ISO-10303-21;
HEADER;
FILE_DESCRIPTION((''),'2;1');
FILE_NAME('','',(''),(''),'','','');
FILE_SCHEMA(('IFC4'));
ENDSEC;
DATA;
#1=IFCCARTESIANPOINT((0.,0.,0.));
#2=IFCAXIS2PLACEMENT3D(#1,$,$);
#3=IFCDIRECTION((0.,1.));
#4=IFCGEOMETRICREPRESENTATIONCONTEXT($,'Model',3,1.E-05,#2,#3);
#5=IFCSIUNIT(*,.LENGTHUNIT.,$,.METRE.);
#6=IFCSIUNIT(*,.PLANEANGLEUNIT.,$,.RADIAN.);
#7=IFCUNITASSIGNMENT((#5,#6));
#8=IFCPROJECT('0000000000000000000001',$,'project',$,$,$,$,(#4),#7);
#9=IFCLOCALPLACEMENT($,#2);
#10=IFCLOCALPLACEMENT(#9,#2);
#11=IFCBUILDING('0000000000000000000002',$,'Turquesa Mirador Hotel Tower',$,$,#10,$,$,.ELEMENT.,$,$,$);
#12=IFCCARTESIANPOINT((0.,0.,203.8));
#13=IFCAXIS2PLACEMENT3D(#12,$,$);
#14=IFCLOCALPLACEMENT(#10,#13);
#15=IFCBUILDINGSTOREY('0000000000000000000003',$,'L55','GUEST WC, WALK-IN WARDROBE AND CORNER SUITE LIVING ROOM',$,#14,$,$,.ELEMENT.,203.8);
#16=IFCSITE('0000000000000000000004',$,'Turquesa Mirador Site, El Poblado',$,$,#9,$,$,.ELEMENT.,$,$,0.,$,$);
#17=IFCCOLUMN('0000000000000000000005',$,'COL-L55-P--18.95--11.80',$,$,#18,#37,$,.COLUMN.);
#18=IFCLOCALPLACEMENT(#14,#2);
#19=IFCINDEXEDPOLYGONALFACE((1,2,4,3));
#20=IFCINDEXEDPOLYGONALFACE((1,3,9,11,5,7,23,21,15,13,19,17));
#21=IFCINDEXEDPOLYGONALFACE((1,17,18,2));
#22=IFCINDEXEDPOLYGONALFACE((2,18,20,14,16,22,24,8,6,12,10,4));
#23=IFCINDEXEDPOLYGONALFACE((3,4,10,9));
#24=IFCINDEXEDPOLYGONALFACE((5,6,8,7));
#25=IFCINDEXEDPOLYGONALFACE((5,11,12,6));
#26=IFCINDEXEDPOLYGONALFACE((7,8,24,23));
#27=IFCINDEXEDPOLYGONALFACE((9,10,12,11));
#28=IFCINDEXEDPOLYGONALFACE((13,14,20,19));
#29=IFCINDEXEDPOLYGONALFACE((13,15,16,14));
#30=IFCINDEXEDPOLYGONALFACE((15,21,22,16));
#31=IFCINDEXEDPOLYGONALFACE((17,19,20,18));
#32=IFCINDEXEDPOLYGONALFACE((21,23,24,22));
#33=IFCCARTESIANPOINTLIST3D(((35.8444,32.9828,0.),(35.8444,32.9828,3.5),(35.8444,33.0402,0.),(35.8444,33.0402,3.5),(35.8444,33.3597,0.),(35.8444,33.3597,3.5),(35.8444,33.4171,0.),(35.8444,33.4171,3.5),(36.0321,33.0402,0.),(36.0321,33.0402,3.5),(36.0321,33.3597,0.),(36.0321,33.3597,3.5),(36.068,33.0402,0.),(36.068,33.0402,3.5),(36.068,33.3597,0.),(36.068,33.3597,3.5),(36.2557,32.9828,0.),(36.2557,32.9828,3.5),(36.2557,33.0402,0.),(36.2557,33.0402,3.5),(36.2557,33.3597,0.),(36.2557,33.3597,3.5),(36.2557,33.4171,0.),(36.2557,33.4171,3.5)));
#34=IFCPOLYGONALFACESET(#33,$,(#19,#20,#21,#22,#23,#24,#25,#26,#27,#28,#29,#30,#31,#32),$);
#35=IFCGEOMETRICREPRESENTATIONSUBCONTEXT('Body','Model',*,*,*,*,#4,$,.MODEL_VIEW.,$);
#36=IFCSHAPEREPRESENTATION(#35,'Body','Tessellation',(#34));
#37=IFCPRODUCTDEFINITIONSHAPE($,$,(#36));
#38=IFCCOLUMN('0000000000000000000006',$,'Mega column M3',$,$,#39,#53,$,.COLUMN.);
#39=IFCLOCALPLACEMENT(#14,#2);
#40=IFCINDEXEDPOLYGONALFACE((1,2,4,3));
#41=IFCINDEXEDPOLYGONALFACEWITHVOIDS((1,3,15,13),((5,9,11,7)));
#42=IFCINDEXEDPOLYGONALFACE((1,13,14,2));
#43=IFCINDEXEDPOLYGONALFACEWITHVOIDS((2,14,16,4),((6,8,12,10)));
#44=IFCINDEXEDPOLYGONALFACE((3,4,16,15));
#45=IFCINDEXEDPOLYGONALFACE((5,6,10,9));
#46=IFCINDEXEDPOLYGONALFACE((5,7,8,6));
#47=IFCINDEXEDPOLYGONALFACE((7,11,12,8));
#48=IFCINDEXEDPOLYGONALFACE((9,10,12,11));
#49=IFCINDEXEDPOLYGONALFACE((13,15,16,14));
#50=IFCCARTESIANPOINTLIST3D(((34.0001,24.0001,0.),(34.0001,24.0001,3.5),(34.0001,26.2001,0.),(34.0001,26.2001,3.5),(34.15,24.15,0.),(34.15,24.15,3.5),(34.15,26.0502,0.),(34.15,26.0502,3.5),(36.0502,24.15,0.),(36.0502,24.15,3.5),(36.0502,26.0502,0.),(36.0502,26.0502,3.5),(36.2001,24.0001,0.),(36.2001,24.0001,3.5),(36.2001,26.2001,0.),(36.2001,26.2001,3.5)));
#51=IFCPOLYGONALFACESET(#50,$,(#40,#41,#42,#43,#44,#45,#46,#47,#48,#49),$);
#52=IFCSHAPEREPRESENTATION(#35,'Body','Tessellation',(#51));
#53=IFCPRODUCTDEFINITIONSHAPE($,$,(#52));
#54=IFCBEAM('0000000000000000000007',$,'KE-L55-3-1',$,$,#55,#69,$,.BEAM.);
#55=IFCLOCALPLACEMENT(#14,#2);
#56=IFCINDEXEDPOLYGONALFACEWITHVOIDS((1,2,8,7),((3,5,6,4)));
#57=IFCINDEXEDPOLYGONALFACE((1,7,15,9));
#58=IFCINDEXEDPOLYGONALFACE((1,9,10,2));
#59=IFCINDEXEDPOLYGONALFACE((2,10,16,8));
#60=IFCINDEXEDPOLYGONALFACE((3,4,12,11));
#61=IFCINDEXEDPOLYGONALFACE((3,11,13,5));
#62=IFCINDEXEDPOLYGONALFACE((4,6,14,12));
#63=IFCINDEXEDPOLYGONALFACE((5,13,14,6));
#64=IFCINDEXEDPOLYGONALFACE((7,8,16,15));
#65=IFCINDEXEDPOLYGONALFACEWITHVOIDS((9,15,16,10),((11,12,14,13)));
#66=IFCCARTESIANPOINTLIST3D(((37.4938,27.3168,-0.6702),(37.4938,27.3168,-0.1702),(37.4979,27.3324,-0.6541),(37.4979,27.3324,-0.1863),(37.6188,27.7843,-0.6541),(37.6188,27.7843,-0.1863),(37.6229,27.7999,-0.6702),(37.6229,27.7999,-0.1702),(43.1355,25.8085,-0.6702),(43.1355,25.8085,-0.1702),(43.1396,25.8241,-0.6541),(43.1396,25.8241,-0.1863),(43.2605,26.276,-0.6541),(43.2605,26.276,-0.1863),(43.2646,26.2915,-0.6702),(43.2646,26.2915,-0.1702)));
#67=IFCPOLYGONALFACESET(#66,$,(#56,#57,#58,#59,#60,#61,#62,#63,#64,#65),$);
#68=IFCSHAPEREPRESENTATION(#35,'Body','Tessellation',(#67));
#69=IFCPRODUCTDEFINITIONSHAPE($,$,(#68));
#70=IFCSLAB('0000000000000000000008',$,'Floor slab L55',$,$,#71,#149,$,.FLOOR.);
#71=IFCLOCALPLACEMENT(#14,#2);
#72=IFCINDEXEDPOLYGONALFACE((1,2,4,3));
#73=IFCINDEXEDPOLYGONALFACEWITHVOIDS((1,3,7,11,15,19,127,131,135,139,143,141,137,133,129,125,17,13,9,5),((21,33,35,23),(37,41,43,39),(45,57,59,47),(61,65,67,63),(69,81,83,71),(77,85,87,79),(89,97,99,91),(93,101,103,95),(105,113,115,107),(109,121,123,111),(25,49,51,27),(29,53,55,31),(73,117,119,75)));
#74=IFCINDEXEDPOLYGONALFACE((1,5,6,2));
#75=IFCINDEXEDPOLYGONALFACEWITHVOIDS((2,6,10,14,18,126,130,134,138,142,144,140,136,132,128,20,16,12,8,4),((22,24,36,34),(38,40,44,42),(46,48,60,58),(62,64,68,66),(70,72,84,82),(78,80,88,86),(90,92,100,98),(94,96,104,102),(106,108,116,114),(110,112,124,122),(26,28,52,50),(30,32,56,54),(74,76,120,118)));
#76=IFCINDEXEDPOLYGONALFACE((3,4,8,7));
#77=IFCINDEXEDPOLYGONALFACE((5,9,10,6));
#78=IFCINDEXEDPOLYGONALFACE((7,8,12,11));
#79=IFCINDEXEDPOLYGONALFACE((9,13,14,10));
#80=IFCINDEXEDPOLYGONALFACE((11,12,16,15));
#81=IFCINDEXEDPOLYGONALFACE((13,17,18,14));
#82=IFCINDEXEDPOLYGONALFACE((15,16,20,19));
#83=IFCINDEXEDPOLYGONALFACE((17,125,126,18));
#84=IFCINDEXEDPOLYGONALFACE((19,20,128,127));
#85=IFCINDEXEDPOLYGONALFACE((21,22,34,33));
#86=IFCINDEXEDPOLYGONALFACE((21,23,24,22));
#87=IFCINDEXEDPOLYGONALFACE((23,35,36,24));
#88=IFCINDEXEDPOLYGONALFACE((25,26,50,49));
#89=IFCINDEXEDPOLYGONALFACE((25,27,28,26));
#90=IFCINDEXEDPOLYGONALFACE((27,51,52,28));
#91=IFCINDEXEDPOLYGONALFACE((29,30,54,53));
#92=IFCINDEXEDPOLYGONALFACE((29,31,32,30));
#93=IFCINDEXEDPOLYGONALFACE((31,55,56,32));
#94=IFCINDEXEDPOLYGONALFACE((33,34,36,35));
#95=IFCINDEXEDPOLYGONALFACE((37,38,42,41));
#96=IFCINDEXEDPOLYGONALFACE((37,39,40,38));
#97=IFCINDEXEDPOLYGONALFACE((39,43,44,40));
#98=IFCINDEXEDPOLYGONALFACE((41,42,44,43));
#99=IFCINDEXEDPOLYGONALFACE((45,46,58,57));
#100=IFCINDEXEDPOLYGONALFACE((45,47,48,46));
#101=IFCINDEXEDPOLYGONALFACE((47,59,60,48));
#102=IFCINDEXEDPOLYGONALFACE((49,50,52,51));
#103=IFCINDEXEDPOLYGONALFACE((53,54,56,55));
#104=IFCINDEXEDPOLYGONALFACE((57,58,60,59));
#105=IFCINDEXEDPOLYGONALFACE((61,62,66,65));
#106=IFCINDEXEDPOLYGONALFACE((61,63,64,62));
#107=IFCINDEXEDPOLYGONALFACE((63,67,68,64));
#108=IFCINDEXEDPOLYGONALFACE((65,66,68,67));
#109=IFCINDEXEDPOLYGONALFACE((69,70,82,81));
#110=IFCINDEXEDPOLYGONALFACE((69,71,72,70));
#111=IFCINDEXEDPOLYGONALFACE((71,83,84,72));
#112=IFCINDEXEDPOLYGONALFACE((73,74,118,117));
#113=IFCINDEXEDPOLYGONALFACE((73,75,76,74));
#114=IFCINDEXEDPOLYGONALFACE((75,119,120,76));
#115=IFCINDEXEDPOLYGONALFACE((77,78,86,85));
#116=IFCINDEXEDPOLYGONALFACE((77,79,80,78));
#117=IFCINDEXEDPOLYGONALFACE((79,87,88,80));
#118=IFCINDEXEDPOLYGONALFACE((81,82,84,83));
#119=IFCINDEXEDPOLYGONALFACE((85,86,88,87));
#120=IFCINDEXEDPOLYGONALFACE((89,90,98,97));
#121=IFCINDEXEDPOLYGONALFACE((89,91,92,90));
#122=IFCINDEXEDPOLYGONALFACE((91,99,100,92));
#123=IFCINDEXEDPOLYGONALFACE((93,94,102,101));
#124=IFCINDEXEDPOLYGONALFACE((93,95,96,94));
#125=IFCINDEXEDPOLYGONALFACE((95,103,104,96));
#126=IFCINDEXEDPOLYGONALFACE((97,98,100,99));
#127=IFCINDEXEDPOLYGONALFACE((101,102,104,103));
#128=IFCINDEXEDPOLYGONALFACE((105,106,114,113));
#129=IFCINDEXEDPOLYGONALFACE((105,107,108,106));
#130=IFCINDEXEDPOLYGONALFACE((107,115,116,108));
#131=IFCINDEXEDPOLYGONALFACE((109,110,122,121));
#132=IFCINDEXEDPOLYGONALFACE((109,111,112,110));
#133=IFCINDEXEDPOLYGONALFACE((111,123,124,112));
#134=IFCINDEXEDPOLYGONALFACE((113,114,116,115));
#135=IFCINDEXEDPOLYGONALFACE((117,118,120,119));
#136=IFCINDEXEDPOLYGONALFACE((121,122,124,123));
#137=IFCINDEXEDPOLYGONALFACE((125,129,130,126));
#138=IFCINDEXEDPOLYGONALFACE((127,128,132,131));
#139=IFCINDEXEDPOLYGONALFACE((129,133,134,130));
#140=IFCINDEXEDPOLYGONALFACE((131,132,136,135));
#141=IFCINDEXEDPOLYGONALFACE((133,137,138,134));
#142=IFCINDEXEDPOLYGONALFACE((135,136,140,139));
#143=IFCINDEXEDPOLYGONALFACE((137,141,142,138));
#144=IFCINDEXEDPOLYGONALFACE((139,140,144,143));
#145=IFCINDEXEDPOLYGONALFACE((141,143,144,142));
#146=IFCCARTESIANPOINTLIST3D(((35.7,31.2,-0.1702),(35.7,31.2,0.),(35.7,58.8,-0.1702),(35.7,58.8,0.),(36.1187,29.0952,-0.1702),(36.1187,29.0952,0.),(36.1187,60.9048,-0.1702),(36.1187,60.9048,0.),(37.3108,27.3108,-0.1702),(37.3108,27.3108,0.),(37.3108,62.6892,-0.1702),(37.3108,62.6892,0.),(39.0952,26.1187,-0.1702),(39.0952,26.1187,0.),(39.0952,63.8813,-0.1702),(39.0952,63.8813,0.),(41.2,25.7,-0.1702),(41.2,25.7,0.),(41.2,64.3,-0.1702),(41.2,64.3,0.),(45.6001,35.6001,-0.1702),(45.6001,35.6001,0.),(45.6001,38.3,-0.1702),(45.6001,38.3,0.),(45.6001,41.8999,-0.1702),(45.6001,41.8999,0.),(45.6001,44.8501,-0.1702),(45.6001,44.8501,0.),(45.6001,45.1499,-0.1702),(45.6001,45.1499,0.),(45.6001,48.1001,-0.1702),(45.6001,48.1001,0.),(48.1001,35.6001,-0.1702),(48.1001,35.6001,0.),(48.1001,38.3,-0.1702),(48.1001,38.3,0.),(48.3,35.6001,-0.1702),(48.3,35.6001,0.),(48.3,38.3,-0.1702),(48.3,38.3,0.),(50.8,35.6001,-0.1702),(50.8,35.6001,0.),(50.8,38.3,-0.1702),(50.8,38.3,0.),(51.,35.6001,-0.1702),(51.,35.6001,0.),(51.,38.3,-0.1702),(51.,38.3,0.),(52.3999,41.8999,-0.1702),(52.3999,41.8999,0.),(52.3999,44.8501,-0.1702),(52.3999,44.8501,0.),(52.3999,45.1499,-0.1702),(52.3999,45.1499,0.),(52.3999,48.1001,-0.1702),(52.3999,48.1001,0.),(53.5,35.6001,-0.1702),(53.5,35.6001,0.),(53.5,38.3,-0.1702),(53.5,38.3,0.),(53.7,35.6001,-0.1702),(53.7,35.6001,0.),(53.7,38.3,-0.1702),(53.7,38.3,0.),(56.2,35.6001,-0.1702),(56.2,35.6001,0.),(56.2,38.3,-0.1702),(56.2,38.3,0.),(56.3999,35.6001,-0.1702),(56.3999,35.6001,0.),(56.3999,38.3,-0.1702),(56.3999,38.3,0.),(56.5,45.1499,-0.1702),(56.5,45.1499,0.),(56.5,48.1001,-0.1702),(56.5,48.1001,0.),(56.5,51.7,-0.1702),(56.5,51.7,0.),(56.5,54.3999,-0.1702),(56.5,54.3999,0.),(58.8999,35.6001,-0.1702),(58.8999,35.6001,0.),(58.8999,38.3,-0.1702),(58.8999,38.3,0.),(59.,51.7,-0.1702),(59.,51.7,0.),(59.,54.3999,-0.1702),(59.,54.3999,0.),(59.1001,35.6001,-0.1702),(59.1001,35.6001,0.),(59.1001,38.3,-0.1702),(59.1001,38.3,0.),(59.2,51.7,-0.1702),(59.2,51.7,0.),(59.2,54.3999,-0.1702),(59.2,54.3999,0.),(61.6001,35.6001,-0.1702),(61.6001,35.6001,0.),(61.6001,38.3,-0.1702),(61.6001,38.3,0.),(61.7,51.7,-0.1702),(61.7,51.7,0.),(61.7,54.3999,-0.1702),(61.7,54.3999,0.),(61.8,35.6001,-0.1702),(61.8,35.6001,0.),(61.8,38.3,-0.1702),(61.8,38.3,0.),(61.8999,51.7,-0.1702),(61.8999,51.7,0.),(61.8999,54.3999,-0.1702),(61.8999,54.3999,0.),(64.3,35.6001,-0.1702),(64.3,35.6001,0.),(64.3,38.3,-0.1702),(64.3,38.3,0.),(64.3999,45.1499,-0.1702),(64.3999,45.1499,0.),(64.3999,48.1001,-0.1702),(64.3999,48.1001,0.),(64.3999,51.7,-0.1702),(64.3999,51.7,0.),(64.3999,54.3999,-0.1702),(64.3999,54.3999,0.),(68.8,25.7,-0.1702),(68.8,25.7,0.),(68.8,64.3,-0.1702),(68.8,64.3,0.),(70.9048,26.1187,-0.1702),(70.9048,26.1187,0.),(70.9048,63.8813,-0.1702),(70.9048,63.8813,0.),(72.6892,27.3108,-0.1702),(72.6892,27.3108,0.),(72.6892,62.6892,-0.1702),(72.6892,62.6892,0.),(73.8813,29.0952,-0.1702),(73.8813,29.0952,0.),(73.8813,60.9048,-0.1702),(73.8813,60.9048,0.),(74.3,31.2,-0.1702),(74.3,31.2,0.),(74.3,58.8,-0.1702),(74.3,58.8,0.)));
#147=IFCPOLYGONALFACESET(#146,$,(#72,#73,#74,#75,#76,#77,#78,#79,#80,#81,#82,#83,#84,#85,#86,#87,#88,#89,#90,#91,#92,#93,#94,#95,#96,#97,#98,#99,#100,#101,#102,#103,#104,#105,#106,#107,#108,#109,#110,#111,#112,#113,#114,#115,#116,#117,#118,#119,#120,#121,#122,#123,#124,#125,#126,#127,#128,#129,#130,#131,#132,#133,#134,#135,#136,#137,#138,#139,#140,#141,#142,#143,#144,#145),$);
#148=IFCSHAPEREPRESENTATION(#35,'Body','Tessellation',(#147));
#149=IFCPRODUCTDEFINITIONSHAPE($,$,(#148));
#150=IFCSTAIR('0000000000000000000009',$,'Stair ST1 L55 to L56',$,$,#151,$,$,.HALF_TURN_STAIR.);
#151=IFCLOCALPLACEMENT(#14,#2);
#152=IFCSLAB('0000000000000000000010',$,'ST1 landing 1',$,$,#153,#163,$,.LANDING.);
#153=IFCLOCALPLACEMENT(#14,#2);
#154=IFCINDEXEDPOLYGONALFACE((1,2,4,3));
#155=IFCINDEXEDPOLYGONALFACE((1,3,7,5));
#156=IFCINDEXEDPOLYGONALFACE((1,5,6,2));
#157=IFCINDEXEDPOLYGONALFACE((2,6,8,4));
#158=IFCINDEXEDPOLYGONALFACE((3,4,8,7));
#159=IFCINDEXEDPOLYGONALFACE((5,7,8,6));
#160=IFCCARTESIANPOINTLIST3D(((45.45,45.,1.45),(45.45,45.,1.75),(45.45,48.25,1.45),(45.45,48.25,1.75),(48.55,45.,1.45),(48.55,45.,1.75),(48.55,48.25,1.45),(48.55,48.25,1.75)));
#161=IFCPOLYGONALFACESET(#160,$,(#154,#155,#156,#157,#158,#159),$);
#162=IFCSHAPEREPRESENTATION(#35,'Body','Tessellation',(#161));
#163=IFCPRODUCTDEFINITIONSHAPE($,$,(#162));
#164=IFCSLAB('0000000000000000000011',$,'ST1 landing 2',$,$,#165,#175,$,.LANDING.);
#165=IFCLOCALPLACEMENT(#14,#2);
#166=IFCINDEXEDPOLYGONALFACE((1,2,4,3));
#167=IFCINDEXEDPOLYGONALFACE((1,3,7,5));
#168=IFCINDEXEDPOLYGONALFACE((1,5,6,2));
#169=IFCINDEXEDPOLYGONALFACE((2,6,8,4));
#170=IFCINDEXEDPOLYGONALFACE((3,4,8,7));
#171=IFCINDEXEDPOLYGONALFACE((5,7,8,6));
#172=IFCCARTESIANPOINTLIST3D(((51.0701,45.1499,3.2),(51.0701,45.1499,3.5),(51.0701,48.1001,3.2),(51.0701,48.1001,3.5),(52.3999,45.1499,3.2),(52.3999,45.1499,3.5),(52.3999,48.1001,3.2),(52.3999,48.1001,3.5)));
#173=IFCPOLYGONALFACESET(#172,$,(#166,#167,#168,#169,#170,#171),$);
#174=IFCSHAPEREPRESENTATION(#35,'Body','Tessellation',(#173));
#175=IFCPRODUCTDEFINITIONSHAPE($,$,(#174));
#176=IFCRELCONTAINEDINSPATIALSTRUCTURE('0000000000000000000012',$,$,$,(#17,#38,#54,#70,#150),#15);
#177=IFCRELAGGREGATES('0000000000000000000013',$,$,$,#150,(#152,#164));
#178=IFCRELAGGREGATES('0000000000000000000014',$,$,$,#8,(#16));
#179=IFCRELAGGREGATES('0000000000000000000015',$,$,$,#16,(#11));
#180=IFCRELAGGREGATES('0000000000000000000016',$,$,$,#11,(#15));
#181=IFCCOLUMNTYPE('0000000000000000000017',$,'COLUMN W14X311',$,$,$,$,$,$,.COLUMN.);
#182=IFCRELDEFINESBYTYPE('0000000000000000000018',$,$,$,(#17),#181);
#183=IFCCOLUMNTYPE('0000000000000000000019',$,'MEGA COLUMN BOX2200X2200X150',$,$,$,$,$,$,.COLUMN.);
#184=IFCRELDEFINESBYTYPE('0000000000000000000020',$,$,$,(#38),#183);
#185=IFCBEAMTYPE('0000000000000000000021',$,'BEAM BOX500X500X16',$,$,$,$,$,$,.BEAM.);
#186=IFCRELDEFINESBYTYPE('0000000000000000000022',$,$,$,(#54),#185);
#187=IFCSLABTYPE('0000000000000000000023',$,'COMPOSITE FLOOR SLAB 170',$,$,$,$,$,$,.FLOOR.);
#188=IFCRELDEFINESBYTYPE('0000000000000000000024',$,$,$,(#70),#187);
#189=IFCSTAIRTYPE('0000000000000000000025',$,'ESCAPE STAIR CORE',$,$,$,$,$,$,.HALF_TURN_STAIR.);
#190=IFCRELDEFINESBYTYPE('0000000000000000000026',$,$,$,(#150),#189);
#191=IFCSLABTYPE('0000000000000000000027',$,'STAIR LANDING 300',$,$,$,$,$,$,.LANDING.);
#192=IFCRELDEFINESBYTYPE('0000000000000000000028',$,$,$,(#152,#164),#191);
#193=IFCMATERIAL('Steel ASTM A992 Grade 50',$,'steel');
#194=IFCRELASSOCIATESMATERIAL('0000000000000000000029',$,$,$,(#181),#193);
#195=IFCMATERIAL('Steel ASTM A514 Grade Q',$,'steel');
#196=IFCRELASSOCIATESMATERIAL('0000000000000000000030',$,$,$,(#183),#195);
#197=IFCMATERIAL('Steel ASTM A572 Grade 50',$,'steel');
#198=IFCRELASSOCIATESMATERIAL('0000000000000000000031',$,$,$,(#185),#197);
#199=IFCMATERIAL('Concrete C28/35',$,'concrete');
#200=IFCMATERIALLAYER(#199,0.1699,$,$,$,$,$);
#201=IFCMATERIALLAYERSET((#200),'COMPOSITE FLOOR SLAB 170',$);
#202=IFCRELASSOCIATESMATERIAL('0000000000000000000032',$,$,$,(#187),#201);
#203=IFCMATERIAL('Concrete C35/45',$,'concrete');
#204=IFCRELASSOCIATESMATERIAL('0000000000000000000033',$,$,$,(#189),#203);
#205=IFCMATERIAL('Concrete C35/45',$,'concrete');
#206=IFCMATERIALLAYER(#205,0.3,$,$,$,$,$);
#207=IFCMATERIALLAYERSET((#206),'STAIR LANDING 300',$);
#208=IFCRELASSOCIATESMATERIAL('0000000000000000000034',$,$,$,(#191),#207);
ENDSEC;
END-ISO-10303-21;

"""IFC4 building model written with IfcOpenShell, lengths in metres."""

from ifc_helpers import new_model, si_unit, direction, frame, origin, origin_2d, place, context, subcontext, project, spatial, polyline, hollow_rectangle, i_section, outline, extrude, material, layer, layer_set, material_profile, profile_set, type_object, element, aggregate, save


model = new_model("IFC4")

# Units and contexts
model_context = context("Model", 3, precision=1e-05, world=origin(), true_north=direction((0.0, 1.0)))
body_context = subcontext(model_context, "Body", "Model", "MODEL_VIEW")
ifc_project = project(units=[si_unit("LENGTHUNIT", "METRE"), si_unit("PLANEANGLEUNIT", "RADIAN")], contexts=[model_context])

# Site, building, storey
site_placement = place(None, origin())
site = spatial("IfcSite", under=ifc_project, at=site_placement, Name="Turquesa Mirador Site, El Poblado", CompositionType="ELEMENT", RefElevation=0.0)
building_placement = place(site_placement, origin())
building = spatial("IfcBuilding", under=site, at=building_placement, Name="Turquesa Mirador Hotel Tower", CompositionType="ELEMENT")
storey_placement = place(building_placement, frame((0.0, 0.0, 203.8)))
storey = spatial("IfcBuildingStorey", under=building, at=storey_placement, Name="L55", Description="GUEST WC, WALK-IN WARDROBE AND CORNER SUITE LIVING ROOM", CompositionType="ELEMENT", Elevation=203.8)

# Columns
ifc_material_1 = material(Name="Steel ASTM A992 Grade 50", Category="steel")
ifc_material_profile_1 = material_profile(ifc_material_1, i_section(OverallWidth=0.4114, OverallDepth=0.4343, WebThickness=0.0359, FlangeThickness=0.0574, at=origin_2d()), Name="W14X311")
ifc_profile_set_1 = profile_set([ifc_material_profile_1], Name="Steel ASTM A992 Grade 50")
column_type_1 = type_object("IfcColumnType", Name="COLUMN W14X311", PredefinedType="COLUMN", material=ifc_profile_set_1)
column_1_placement = place(storey_placement, frame((36.05, 33.2, 0.0), z_axis=(0.0, 0.0, 1.0), x_axis=(1.0, 0.0, 0.0)))
element("IfcColumn", 1, at=column_1_placement, inside=storey, type_object=column_type_1, Name="COL-L55-P--18.95--11.80", PredefinedType="COLUMN", context=body_context, shape_type="SweptSolid", body=[
    extrude(i_section(OverallWidth=0.4114, OverallDepth=0.4343, WebThickness=0.0359, FlangeThickness=0.0574, at=origin_2d()), origin(), (0.0, 0.0, 1.0), 3.5),
])
ifc_material_2 = material(Name="Steel ASTM A514 Grade Q", Category="steel")
ifc_material_profile_2 = material_profile(ifc_material_2, hollow_rectangle(XDim=2.2, YDim=2.2, WallThickness=0.1499, at=origin_2d()), Name="BOX2200X2200X150")
ifc_profile_set_2 = profile_set([ifc_material_profile_2], Name="Steel ASTM A514 Grade Q")
column_type_2 = type_object("IfcColumnType", Name="MEGA COLUMN BOX2200X2200X150", PredefinedType="COLUMN", material=ifc_profile_set_2)
column_2_placement = place(storey_placement, frame((35.1001, 25.1001, 0.0), z_axis=(0.0, 0.0, 1.0), x_axis=(1.0, 0.0, 0.0)))
element("IfcColumn", 2, at=column_2_placement, inside=storey, type_object=column_type_2, Name="Mega column M3", PredefinedType="COLUMN", context=body_context, shape_type="SweptSolid", body=[
    extrude(hollow_rectangle(XDim=2.2, YDim=2.2, WallThickness=0.1499, at=origin_2d()), origin(), (0.0, 0.0, 1.0), 3.5),
])

# Beam
ifc_material_3 = material(Name="Steel ASTM A572 Grade 50", Category="steel")
ifc_material_profile_3 = material_profile(ifc_material_3, hollow_rectangle(XDim=0.5, YDim=0.5, WallThickness=0.0161, at=origin_2d()), Name="BOX500X500X16")
ifc_profile_set_3 = profile_set([ifc_material_profile_3], Name="Steel ASTM A572 Grade 50")
beam_type = type_object("IfcBeamType", Name="BEAM BOX500X500X16", PredefinedType="BEAM", material=ifc_profile_set_3)
beam_placement = place(storey_placement, frame((37.5583, 27.5583, -0.4202), z_axis=(0.96607, -0.258282, 0.0), x_axis=(0.258282, 0.96607, 0.0)))
element("IfcBeam", 3, at=beam_placement, inside=storey, type_object=beam_type, Name="KE-L55-3-1", PredefinedType="BEAM", context=body_context, shape_type="SweptSolid", body=[
    extrude(hollow_rectangle(XDim=0.5, YDim=0.5, WallThickness=0.0161, at=origin_2d()), origin(), (0.0, 0.0, 1.0), 5.8398),
])

# Slab
ifc_material_4 = material(Name="Concrete C28/35", Category="concrete")
ifc_layer_1 = layer(ifc_material_4, 0.1699)
ifc_layer_set_1 = layer_set([ifc_layer_1], Name="COMPOSITE FLOOR SLAB 170")
slab_type_1 = type_object("IfcSlabType", Name="COMPOSITE FLOOR SLAB 170", PredefinedType="FLOOR", material=ifc_layer_set_1)
slab_1_placement = place(storey_placement, frame((0.0, 0.0, -0.1702)))
element("IfcSlab", 4, at=slab_1_placement, inside=storey, type_object=slab_type_1, Name="Floor slab L55", PredefinedType="FLOOR", context=body_context, shape_type="SweptSolid", body=[
    extrude(outline(polyline([(68.8, 25.7), (70.9048, 26.1187), (72.6892, 27.3108), (73.8813, 29.0952), (74.3, 31.2), (74.3, 58.8), (73.8813, 60.9048), (72.6892, 62.6892), (70.9048, 63.8813), (68.8, 64.3), (41.2, 64.3), (39.0952, 63.8813), (37.3108, 62.6892), (36.1187, 60.9048), (35.7, 58.8), (35.7, 31.2), (36.1187, 29.0952), (37.3108, 27.3108), (39.0952, 26.1187), (41.2, 25.7), (68.8, 25.7)]), holes=[polyline([(56.5, 51.7), (59.0, 51.7), (59.0, 54.3999), (56.5, 54.3999), (56.5, 51.7)]), polyline([(59.2, 51.7), (61.7, 51.7), (61.7, 54.3999), (59.2, 54.3999), (59.2, 51.7)]), polyline([(45.6001, 35.6001), (48.1001, 35.6001), (48.1001, 38.3), (45.6001, 38.3), (45.6001, 35.6001)]), polyline([(48.3, 35.6001), (50.8, 35.6001), (50.8, 38.3), (48.3, 38.3), (48.3, 35.6001)]), polyline([(51.0, 35.6001), (53.5, 35.6001), (53.5, 38.3), (51.0, 38.3), (51.0, 35.6001)]), polyline([(53.7, 35.6001), (56.2, 35.6001), (56.2, 38.3), (53.7, 38.3), (53.7, 35.6001)]), polyline([(56.3999, 35.6001), (58.8999, 35.6001), (58.8999, 38.3), (56.3999, 38.3), (56.3999, 35.6001)]), polyline([(59.1001, 35.6001), (61.6001, 35.6001), (61.6001, 38.3), (59.1001, 38.3), (59.1001, 35.6001)]), polyline([(61.8, 35.6001), (64.3, 35.6001), (64.3, 38.3), (61.8, 38.3), (61.8, 35.6001)]), polyline([(45.6001, 45.1499), (52.3999, 45.1499), (52.3999, 48.1001), (45.6001, 48.1001), (45.6001, 45.1499)]), polyline([(45.6001, 41.8999), (52.3999, 41.8999), (52.3999, 44.8501), (45.6001, 44.8501), (45.6001, 41.8999)]), polyline([(56.5, 45.1499), (64.3999, 45.1499), (64.3999, 48.1001), (56.5, 48.1001), (56.5, 45.1499)]), polyline([(61.8999, 51.7), (64.3999, 51.7), (64.3999, 54.3999), (61.8999, 54.3999), (61.8999, 51.7)])]), origin(), (0.0, 0.0, 1.0), 0.1702),
])

# Stair, slabs
ifc_material_5 = material(Name="Concrete C35/45", Category="concrete")
stair_type = type_object("IfcStairType", Name="ESCAPE STAIR CORE", PredefinedType="HALF_TURN_STAIR", material=ifc_material_5)
stair_1_placement = place(storey_placement, origin())
stair_1 = element("IfcStair", 5, at=stair_1_placement, inside=storey, type_object=stair_type, Name="Stair ST1 L55 to L56", PredefinedType="HALF_TURN_STAIR")
ifc_material_6 = material(Name="Concrete C35/45", Category="concrete")
ifc_layer_2 = layer(ifc_material_6, 0.3)
ifc_layer_set_2 = layer_set([ifc_layer_2], Name="STAIR LANDING 300")
slab_type_2 = type_object("IfcSlabType", Name="STAIR LANDING 300", PredefinedType="LANDING", material=ifc_layer_set_2)
slab_2_placement = place(storey_placement, frame((0.0, 0.0, 1.45)))
slab_2 = element("IfcSlab", 6, at=slab_2_placement, type_object=slab_type_2, Name="ST1 landing 1", PredefinedType="LANDING", context=body_context, shape_type="SweptSolid", body=[
    extrude(outline(polyline([(45.45, 45.0), (48.55, 45.0), (48.55, 48.25), (45.45, 48.25), (45.45, 45.0)])), origin(), (0.0, 0.0, 1.0), 0.3),
])
slab_3_placement = place(storey_placement, frame((0.0, 0.0, 3.2)))
slab_3 = element("IfcSlab", 7, at=slab_3_placement, type_object=slab_type_2, Name="ST1 landing 2", PredefinedType="LANDING", context=body_context, shape_type="SweptSolid", body=[
    extrude(outline(polyline([(51.0701, 45.1499), (52.3999, 45.1499), (52.3999, 48.1001), (51.0701, 48.1001), (51.0701, 45.1499)])), origin(), (0.0, 0.0, 1.0), 0.3),
])
aggregate(stair_1, [slab_2, slab_3])

save(model, "model.ifc")
